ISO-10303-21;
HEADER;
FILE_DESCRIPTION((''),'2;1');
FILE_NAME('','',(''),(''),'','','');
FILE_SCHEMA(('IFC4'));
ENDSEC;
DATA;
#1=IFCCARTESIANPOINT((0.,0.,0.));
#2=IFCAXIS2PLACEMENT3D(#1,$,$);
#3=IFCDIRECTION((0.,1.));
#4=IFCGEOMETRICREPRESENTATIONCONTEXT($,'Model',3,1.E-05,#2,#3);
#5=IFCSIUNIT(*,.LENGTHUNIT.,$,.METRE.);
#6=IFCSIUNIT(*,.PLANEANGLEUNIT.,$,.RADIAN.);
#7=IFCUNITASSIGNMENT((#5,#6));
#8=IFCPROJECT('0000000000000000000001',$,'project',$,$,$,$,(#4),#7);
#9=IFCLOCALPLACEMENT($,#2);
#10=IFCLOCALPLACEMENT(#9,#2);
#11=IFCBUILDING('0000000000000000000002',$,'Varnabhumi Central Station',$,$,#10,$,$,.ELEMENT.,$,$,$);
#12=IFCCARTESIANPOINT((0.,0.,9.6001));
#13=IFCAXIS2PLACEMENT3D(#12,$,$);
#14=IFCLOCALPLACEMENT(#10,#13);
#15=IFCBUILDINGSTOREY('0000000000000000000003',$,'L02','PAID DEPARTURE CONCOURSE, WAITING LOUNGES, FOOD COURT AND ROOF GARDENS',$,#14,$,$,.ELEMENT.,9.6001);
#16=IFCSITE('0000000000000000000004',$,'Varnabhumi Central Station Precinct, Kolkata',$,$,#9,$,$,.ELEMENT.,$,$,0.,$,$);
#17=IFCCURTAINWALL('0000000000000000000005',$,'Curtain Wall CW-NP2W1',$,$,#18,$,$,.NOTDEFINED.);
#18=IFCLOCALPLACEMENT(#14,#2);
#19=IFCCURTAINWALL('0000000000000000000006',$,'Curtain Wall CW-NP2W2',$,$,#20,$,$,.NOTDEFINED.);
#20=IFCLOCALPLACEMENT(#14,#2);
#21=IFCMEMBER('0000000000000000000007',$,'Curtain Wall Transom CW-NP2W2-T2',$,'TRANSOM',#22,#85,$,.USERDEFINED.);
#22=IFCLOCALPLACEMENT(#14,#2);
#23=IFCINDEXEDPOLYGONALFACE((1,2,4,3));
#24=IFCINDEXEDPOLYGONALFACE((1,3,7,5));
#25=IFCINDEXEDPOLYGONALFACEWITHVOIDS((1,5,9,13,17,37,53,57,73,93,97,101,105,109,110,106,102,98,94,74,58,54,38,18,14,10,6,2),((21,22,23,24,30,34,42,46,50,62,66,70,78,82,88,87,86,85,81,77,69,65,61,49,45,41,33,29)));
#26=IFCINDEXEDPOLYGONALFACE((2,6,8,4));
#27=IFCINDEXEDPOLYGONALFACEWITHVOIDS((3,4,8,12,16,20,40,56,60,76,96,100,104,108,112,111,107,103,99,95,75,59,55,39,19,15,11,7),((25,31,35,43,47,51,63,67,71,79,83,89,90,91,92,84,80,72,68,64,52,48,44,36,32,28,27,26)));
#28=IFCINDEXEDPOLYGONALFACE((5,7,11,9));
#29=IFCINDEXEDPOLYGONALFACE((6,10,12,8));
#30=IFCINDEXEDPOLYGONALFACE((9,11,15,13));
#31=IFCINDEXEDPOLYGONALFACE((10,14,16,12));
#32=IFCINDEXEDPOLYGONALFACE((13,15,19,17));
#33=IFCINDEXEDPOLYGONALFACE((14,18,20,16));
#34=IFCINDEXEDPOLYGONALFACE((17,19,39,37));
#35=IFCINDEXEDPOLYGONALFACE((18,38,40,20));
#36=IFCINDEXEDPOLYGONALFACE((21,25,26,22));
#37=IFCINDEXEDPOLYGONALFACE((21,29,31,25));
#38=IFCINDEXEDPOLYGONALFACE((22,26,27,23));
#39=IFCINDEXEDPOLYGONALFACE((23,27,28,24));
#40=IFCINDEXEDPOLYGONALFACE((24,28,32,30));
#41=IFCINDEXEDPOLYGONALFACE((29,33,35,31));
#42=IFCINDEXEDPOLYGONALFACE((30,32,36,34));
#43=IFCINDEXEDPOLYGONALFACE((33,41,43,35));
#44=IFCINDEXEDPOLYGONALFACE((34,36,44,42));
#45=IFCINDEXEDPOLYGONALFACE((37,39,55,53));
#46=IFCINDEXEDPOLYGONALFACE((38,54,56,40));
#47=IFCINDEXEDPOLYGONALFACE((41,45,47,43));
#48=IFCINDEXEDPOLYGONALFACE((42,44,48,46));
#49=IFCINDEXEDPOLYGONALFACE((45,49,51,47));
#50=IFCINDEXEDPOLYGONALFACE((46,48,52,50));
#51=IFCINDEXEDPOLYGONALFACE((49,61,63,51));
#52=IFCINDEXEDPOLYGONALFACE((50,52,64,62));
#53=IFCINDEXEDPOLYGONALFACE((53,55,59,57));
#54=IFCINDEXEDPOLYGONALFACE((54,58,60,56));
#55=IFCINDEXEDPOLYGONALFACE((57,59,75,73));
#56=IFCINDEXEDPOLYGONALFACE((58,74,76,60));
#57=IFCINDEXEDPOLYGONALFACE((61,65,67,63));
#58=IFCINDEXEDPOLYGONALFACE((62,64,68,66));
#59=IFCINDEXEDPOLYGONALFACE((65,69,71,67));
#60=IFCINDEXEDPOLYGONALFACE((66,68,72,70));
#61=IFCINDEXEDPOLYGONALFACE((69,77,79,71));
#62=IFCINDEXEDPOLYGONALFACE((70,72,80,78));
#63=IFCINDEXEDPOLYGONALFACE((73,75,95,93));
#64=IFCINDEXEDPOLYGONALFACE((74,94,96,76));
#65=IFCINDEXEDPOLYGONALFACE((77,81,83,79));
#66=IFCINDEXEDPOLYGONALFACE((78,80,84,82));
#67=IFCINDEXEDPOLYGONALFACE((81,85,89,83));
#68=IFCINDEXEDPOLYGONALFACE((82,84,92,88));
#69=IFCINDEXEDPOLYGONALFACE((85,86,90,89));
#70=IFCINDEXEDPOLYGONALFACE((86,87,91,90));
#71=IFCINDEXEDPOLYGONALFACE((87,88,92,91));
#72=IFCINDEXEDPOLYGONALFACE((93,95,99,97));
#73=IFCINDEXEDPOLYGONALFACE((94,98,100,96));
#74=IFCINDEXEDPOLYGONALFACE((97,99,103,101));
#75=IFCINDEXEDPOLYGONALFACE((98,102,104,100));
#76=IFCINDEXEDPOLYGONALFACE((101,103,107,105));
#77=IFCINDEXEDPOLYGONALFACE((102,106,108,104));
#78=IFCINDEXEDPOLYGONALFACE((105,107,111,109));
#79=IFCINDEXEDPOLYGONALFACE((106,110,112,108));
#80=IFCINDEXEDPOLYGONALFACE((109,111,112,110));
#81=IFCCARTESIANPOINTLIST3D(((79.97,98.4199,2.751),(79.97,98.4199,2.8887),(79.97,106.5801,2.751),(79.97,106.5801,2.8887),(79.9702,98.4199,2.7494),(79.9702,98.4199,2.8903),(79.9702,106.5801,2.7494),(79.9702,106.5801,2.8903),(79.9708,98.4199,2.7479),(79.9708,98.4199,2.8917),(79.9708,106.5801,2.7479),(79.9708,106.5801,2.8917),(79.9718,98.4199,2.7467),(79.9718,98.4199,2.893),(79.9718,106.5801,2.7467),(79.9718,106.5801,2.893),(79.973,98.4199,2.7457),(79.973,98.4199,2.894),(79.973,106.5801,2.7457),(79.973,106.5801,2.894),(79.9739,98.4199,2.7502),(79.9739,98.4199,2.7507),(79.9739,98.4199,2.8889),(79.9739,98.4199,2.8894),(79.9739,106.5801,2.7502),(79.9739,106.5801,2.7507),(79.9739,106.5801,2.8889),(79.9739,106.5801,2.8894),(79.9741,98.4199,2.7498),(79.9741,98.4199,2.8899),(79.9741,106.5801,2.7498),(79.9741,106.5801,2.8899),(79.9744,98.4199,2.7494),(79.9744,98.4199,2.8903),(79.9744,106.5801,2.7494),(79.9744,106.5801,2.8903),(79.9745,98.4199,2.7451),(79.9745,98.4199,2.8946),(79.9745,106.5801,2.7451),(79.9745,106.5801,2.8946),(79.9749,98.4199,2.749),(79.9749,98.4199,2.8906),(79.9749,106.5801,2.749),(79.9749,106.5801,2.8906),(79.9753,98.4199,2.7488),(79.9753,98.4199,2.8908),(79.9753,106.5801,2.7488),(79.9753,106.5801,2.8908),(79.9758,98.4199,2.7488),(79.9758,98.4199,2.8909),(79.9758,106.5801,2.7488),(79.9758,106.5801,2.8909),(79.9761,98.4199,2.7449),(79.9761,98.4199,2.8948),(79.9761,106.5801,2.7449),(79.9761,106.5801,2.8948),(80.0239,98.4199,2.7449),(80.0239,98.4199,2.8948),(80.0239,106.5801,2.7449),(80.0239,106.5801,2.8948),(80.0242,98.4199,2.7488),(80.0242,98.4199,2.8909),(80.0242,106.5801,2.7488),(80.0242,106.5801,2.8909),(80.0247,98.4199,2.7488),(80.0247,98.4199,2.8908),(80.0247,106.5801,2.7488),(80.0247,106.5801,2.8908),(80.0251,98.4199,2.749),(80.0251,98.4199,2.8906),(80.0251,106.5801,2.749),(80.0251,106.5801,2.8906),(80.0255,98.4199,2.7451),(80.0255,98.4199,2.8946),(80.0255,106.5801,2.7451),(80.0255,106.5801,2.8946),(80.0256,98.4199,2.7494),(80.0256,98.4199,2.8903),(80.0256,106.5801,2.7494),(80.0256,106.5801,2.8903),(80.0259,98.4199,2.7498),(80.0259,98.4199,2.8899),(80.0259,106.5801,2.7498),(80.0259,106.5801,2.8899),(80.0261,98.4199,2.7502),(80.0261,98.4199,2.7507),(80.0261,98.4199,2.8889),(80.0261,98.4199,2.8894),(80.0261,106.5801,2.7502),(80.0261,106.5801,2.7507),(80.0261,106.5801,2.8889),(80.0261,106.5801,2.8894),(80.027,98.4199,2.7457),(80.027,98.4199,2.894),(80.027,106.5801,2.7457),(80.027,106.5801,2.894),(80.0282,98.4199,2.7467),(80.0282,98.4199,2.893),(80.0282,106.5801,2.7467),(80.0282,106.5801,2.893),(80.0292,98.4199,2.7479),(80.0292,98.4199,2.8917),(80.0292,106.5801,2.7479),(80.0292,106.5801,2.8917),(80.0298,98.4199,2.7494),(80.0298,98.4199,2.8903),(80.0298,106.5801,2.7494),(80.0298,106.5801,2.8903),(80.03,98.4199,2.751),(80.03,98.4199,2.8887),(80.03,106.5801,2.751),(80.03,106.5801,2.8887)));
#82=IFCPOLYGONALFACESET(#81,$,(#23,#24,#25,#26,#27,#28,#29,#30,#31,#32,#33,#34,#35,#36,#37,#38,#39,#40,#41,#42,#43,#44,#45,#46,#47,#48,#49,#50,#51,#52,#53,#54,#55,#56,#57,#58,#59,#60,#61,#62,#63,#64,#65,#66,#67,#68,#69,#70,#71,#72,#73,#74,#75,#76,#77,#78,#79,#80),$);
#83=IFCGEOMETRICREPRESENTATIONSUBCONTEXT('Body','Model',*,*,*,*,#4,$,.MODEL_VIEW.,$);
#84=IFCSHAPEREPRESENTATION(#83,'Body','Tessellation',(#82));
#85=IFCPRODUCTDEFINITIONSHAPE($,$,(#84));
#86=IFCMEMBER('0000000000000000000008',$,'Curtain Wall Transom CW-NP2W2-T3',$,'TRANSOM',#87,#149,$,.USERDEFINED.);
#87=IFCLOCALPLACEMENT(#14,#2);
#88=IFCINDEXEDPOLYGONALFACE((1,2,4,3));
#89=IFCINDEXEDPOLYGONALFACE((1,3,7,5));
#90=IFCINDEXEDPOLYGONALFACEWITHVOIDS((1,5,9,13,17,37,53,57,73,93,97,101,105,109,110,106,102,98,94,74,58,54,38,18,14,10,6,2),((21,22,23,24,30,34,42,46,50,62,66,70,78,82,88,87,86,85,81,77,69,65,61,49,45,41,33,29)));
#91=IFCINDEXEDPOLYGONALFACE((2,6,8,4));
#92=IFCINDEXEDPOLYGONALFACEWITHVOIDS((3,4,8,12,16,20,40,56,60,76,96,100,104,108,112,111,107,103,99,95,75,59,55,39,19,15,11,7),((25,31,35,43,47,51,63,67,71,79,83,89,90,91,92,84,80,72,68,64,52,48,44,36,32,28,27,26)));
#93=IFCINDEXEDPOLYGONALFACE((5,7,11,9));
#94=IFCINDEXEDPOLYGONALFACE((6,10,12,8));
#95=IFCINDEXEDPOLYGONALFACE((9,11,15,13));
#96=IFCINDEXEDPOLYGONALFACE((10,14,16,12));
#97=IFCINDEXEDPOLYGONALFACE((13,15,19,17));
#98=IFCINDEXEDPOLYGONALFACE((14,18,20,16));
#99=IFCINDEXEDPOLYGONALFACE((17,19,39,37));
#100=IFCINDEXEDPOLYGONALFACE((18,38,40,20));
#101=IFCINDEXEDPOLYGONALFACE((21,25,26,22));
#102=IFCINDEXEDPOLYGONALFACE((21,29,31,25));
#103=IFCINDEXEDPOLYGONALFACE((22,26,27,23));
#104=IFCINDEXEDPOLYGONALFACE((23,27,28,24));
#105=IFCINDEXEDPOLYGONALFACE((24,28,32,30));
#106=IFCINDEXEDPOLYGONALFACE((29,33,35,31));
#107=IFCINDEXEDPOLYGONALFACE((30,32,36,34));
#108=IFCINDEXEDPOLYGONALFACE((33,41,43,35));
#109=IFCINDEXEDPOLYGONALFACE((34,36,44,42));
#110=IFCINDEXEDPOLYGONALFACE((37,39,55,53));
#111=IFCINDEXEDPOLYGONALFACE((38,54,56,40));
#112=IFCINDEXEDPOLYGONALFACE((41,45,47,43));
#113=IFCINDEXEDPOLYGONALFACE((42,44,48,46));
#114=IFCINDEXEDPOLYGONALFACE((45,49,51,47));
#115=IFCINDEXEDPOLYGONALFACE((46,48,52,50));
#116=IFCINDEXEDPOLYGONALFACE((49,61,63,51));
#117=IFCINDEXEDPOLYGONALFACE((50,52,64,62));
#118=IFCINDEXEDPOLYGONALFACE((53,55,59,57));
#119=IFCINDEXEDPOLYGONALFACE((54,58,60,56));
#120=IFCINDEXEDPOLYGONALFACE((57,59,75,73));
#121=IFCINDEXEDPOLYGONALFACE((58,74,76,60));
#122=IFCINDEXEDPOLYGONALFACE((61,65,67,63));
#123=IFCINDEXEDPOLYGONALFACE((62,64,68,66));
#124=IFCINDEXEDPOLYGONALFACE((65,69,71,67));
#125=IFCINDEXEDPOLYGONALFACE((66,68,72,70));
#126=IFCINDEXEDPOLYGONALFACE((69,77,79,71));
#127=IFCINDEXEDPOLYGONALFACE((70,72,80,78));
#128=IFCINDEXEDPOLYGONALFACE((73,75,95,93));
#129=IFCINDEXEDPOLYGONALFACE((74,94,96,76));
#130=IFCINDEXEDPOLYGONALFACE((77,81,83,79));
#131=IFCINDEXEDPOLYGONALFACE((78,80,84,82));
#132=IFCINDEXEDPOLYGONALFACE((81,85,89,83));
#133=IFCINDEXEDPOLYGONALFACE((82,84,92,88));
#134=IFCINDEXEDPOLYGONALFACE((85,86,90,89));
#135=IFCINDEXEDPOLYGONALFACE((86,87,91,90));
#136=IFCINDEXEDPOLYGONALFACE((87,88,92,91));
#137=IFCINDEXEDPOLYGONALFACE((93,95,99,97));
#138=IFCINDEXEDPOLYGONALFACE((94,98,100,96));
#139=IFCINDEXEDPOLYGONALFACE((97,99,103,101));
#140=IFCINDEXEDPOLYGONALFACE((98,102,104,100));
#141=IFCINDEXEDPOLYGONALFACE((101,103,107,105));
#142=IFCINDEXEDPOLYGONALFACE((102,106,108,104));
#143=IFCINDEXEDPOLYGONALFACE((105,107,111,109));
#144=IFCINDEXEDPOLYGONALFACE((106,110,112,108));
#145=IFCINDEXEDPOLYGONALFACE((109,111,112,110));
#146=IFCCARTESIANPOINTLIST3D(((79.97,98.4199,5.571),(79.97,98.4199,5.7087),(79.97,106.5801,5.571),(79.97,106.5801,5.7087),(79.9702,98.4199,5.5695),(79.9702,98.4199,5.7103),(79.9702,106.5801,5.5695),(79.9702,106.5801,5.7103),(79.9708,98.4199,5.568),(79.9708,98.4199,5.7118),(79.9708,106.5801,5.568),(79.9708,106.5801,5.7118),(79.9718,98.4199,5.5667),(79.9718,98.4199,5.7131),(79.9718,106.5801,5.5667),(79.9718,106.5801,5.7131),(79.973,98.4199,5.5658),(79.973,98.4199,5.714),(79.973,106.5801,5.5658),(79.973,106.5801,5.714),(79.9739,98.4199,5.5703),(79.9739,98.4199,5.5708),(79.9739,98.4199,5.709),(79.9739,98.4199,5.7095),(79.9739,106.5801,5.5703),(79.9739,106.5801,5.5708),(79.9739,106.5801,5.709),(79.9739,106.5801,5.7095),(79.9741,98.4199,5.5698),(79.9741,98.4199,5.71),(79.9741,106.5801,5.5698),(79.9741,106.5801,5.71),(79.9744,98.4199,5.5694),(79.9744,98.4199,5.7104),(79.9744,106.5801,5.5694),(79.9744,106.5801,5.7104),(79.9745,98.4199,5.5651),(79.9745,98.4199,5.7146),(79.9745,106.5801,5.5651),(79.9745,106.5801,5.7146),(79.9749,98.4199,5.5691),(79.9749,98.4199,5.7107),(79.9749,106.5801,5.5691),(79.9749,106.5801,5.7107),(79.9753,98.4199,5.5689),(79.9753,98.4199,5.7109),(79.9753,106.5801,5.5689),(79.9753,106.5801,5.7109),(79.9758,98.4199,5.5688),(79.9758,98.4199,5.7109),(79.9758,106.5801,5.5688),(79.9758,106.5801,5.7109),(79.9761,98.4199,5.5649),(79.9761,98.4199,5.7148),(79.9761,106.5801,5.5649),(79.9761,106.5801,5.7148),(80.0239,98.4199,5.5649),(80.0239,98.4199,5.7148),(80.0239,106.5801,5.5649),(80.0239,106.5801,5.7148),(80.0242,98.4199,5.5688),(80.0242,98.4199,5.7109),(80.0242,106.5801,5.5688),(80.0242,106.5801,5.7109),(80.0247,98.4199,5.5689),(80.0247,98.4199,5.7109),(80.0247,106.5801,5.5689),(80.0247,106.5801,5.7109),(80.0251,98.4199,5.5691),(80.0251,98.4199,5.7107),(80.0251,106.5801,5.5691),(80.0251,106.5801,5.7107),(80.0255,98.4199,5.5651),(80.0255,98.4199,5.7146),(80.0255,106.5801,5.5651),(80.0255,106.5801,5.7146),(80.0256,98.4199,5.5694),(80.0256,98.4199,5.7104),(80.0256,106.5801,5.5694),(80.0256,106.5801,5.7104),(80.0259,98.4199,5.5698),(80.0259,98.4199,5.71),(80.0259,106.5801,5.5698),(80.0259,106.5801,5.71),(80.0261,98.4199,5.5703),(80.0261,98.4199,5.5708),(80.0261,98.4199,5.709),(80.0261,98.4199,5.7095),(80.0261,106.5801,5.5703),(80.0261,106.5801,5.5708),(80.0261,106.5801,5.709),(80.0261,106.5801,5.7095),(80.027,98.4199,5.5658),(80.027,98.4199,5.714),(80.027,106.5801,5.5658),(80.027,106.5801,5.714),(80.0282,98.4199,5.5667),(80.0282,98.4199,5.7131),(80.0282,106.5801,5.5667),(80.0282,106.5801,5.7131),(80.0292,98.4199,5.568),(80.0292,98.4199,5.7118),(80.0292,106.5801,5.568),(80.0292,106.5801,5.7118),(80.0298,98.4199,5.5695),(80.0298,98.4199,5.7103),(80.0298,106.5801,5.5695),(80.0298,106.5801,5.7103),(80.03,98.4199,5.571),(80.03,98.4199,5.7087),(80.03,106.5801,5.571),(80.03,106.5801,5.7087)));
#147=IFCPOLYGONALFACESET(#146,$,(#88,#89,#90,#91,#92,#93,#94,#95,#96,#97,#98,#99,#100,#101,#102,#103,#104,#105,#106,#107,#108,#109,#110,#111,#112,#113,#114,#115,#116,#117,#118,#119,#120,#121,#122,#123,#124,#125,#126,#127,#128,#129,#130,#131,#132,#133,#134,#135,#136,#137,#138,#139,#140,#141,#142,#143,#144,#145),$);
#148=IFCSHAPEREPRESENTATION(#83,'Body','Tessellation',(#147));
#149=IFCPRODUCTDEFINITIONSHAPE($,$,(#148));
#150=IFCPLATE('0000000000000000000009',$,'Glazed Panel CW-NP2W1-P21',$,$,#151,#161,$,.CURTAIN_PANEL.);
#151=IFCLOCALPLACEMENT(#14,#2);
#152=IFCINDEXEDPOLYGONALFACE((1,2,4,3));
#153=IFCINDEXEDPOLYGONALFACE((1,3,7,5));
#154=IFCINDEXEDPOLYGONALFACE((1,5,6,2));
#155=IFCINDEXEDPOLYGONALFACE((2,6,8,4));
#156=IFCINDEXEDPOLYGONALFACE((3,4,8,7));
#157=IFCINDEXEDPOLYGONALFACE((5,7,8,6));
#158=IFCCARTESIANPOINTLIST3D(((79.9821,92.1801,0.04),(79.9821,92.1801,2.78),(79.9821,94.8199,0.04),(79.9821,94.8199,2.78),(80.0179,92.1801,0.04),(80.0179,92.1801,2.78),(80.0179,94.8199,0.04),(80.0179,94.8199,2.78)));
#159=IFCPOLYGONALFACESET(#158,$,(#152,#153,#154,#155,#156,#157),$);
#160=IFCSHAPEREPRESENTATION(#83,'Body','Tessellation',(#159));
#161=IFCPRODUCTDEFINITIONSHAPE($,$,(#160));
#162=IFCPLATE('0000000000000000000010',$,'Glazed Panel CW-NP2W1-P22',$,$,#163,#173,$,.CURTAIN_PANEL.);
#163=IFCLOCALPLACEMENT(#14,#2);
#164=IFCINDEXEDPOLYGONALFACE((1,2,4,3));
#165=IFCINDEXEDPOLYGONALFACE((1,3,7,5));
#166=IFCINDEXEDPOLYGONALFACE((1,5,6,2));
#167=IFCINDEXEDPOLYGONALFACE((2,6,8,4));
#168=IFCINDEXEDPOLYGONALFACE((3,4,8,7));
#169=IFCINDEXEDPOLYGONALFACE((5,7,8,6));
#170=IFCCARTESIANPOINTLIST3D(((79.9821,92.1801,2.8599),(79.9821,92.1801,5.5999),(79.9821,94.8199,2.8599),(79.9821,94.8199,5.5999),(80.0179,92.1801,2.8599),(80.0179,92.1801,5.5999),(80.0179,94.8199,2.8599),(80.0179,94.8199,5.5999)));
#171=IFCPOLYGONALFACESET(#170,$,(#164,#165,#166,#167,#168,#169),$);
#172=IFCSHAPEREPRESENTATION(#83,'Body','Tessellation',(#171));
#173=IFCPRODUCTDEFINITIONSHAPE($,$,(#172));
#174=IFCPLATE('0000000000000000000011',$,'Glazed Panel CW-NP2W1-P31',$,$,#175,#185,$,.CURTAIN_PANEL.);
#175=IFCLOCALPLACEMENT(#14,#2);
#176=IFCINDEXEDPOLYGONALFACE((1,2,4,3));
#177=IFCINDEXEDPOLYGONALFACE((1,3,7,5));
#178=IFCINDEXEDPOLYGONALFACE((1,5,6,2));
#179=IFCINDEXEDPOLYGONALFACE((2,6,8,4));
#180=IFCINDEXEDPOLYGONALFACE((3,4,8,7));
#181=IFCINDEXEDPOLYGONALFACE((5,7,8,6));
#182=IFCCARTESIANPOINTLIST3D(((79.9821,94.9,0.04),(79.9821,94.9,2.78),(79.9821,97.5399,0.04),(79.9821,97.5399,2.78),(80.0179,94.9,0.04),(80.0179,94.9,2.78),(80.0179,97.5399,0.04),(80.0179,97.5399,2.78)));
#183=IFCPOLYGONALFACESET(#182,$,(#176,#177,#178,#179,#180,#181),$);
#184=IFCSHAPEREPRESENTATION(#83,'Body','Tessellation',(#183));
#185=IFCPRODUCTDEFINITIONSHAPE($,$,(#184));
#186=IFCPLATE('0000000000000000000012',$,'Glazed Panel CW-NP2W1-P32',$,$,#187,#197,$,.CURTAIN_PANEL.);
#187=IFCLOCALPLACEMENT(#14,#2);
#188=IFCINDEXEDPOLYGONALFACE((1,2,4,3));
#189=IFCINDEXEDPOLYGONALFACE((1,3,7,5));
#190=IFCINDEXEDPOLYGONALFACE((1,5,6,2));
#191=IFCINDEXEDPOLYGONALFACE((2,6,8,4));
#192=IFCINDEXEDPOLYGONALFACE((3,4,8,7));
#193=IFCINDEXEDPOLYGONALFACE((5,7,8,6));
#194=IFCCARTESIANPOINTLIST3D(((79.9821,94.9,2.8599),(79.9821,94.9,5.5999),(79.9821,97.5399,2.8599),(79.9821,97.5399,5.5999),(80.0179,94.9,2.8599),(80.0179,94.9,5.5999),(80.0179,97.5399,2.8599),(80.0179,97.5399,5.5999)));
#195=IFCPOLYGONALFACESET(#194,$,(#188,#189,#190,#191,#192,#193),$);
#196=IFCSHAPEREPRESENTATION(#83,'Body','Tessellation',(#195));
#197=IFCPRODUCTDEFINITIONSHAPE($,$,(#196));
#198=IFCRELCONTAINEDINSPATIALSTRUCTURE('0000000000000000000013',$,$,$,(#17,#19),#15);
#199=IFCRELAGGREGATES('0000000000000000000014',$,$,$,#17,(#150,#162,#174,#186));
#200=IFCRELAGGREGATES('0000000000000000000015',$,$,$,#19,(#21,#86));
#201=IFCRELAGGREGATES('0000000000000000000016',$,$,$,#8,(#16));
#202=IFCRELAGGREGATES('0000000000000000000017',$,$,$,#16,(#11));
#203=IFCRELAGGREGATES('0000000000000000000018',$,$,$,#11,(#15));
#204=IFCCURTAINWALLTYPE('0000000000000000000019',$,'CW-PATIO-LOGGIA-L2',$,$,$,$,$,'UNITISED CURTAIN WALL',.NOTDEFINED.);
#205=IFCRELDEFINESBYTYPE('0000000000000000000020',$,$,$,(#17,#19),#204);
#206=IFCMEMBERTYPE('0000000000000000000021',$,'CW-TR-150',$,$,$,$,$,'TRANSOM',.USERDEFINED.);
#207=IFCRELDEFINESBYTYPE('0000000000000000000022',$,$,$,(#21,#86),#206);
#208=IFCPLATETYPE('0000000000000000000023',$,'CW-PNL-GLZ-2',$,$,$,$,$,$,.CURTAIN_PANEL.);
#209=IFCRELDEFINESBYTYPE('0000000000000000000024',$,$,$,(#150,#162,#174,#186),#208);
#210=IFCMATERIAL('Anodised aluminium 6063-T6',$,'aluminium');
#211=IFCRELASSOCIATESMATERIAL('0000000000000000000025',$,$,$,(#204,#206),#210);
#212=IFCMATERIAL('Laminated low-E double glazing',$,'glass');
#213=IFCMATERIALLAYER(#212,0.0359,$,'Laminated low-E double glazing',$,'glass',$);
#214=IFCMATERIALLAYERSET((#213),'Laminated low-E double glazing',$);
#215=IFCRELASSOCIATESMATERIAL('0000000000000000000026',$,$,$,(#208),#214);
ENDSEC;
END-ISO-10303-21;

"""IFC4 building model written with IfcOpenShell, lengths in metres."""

from ifc_helpers import new_model, si_unit, direction, frame, origin, origin_2d, place, context, subcontext, project, spatial, rectangle, hollow_rectangle, extrude, material, layer, layer_set, material_profile, profile_set, type_object, element, aggregate, save


model = new_model("IFC4")

# Units and contexts
model_context = context("Model", 3, precision=1e-05, world=origin(), true_north=direction((0.0, 1.0)))
body_context = subcontext(model_context, "Body", "Model", "MODEL_VIEW")
ifc_project = project(units=[si_unit("LENGTHUNIT", "METRE"), si_unit("PLANEANGLEUNIT", "RADIAN")], contexts=[model_context])

# Site, building, storey
site_placement = place(None, origin())
site = spatial("IfcSite", under=ifc_project, at=site_placement, Name="Varnabhumi Central Station Precinct, Kolkata", CompositionType="ELEMENT", RefElevation=0.0)
building_placement = place(site_placement, origin())
building = spatial("IfcBuilding", under=site, at=building_placement, Name="Varnabhumi Central Station", CompositionType="ELEMENT")
storey_placement = place(building_placement, frame((0.0, 0.0, 9.6001)))
storey = spatial("IfcBuildingStorey", under=building, at=storey_placement, Name="L02", Description="PAID DEPARTURE CONCOURSE, WAITING LOUNGES, FOOD COURT AND ROOF GARDENS", CompositionType="ELEMENT", Elevation=9.6001)

# Curtain walls, members
ifc_material_1 = material(Name="Anodised aluminium 6063-T6", Category="aluminium")
curtain_wall_type = type_object("IfcCurtainWallType", Name="CW-PATIO-LOGGIA-L2", ElementType="UNITISED CURTAIN WALL", PredefinedType="NOTDEFINED", material=ifc_material_1)
curtain_wall_1_placement = place(storey_placement, origin())
curtain_wall_1 = element("IfcCurtainWall", 1, at=curtain_wall_1_placement, inside=storey, type_object=curtain_wall_type, Name="Curtain Wall CW-NP2W1", PredefinedType="NOTDEFINED")
curtain_wall_2_placement = place(storey_placement, origin())
curtain_wall_2 = element("IfcCurtainWall", 2, at=curtain_wall_2_placement, inside=storey, type_object=curtain_wall_type, Name="Curtain Wall CW-NP2W2", PredefinedType="NOTDEFINED")
ifc_material_profile_1 = material_profile(ifc_material_1, hollow_rectangle(XDim=0.0601, YDim=0.1499, WallThickness=0.0039, InnerFilletRadius=0.002, OuterFilletRadius=0.0061, at=origin_2d()), Name="Anodised aluminium 6063-T6", Category="aluminium")
ifc_profile_set_1 = profile_set([ifc_material_profile_1], Name="Anodised aluminium 6063-T6")
member_type_1 = type_object("IfcMemberType", Name="CW-TR-150", ElementType="TRANSOM", PredefinedType="USERDEFINED", material=ifc_profile_set_1)
member_1_placement = place(storey_placement, frame((80.0, 98.4199, 2.8198), z_axis=(0.0, 1.0, 0.0), x_axis=(-1.0, 0.0, 0.0)))
member_1 = element("IfcMember", 3, at=member_1_placement, type_object=member_type_1, Name="Curtain Wall Transom CW-NP2W2-T2", ObjectType="TRANSOM", PredefinedType="USERDEFINED", context=body_context, shape_type="SweptSolid", body=[
    extrude(hollow_rectangle(XDim=0.0601, YDim=0.1499, WallThickness=0.0039, InnerFilletRadius=0.002, OuterFilletRadius=0.0061, at=origin_2d()), origin(), (0.0, 0.0, 1.0), 8.1602),
])
member_2_placement = place(storey_placement, frame((80.0, 98.4199, 5.6399), z_axis=(0.0, 1.0, 0.0), x_axis=(-1.0, 0.0, 0.0)))
member_2 = element("IfcMember", 4, at=member_2_placement, type_object=member_type_1, Name="Curtain Wall Transom CW-NP2W2-T3", ObjectType="TRANSOM", PredefinedType="USERDEFINED", context=body_context, shape_type="SweptSolid", body=[
    extrude(hollow_rectangle(XDim=0.0601, YDim=0.1499, WallThickness=0.0039, InnerFilletRadius=0.002, OuterFilletRadius=0.0061, at=origin_2d()), origin(), (0.0, 0.0, 1.0), 8.1602),
])

# Plates
ifc_material_2 = material(Name="Laminated low-E double glazing", Category="glass")
ifc_layer = layer(ifc_material_2, 0.0359, Name="Laminated low-E double glazing", Category="glass")
ifc_layer_set = layer_set([ifc_layer], Name="Laminated low-E double glazing")
plate_type = type_object("IfcPlateType", Name="CW-PNL-GLZ-2", PredefinedType="CURTAIN_PANEL", material=ifc_layer_set)
plate_1_placement = place(storey_placement, frame((80.0, 93.5, 0.04), z_axis=(0.0, 0.0, 1.0), x_axis=(0.0, 1.0, 0.0)))
plate_1 = element("IfcPlate", 5, at=plate_1_placement, type_object=plate_type, Name="Glazed Panel CW-NP2W1-P21", PredefinedType="CURTAIN_PANEL", context=body_context, shape_type="SweptSolid", body=[
    extrude(rectangle(XDim=2.6399, YDim=0.0359, at=origin_2d()), origin(), (0.0, 0.0, 1.0), 2.74),
])
plate_2_placement = place(storey_placement, frame((80.0, 93.5, 2.8599), z_axis=(0.0, 0.0, 1.0), x_axis=(0.0, 1.0, 0.0)))
plate_2 = element("IfcPlate", 6, at=plate_2_placement, type_object=plate_type, Name="Glazed Panel CW-NP2W1-P22", PredefinedType="CURTAIN_PANEL", context=body_context, shape_type="SweptSolid", body=[
    extrude(rectangle(XDim=2.6399, YDim=0.0359, at=origin_2d()), origin(), (0.0, 0.0, 1.0), 2.74),
])
plate_3_placement = place(storey_placement, frame((80.0, 96.22, 0.04), z_axis=(0.0, 0.0, 1.0), x_axis=(0.0, 1.0, 0.0)))
plate_3 = element("IfcPlate", 7, at=plate_3_placement, type_object=plate_type, Name="Glazed Panel CW-NP2W1-P31", PredefinedType="CURTAIN_PANEL", context=body_context, shape_type="SweptSolid", body=[
    extrude(rectangle(XDim=2.6399, YDim=0.0359, at=origin_2d()), origin(), (0.0, 0.0, 1.0), 2.74),
])
plate_4_placement = place(storey_placement, frame((80.0, 96.22, 2.8599), z_axis=(0.0, 0.0, 1.0), x_axis=(0.0, 1.0, 0.0)))
plate_4 = element("IfcPlate", 8, at=plate_4_placement, type_object=plate_type, Name="Glazed Panel CW-NP2W1-P32", PredefinedType="CURTAIN_PANEL", context=body_context, shape_type="SweptSolid", body=[
    extrude(rectangle(XDim=2.6399, YDim=0.0359, at=origin_2d()), origin(), (0.0, 0.0, 1.0), 2.74),
])
aggregate(curtain_wall_1, [plate_1, plate_2, plate_3, plate_4])
aggregate(curtain_wall_2, [member_1, member_2])

save(model, "model.ifc")
